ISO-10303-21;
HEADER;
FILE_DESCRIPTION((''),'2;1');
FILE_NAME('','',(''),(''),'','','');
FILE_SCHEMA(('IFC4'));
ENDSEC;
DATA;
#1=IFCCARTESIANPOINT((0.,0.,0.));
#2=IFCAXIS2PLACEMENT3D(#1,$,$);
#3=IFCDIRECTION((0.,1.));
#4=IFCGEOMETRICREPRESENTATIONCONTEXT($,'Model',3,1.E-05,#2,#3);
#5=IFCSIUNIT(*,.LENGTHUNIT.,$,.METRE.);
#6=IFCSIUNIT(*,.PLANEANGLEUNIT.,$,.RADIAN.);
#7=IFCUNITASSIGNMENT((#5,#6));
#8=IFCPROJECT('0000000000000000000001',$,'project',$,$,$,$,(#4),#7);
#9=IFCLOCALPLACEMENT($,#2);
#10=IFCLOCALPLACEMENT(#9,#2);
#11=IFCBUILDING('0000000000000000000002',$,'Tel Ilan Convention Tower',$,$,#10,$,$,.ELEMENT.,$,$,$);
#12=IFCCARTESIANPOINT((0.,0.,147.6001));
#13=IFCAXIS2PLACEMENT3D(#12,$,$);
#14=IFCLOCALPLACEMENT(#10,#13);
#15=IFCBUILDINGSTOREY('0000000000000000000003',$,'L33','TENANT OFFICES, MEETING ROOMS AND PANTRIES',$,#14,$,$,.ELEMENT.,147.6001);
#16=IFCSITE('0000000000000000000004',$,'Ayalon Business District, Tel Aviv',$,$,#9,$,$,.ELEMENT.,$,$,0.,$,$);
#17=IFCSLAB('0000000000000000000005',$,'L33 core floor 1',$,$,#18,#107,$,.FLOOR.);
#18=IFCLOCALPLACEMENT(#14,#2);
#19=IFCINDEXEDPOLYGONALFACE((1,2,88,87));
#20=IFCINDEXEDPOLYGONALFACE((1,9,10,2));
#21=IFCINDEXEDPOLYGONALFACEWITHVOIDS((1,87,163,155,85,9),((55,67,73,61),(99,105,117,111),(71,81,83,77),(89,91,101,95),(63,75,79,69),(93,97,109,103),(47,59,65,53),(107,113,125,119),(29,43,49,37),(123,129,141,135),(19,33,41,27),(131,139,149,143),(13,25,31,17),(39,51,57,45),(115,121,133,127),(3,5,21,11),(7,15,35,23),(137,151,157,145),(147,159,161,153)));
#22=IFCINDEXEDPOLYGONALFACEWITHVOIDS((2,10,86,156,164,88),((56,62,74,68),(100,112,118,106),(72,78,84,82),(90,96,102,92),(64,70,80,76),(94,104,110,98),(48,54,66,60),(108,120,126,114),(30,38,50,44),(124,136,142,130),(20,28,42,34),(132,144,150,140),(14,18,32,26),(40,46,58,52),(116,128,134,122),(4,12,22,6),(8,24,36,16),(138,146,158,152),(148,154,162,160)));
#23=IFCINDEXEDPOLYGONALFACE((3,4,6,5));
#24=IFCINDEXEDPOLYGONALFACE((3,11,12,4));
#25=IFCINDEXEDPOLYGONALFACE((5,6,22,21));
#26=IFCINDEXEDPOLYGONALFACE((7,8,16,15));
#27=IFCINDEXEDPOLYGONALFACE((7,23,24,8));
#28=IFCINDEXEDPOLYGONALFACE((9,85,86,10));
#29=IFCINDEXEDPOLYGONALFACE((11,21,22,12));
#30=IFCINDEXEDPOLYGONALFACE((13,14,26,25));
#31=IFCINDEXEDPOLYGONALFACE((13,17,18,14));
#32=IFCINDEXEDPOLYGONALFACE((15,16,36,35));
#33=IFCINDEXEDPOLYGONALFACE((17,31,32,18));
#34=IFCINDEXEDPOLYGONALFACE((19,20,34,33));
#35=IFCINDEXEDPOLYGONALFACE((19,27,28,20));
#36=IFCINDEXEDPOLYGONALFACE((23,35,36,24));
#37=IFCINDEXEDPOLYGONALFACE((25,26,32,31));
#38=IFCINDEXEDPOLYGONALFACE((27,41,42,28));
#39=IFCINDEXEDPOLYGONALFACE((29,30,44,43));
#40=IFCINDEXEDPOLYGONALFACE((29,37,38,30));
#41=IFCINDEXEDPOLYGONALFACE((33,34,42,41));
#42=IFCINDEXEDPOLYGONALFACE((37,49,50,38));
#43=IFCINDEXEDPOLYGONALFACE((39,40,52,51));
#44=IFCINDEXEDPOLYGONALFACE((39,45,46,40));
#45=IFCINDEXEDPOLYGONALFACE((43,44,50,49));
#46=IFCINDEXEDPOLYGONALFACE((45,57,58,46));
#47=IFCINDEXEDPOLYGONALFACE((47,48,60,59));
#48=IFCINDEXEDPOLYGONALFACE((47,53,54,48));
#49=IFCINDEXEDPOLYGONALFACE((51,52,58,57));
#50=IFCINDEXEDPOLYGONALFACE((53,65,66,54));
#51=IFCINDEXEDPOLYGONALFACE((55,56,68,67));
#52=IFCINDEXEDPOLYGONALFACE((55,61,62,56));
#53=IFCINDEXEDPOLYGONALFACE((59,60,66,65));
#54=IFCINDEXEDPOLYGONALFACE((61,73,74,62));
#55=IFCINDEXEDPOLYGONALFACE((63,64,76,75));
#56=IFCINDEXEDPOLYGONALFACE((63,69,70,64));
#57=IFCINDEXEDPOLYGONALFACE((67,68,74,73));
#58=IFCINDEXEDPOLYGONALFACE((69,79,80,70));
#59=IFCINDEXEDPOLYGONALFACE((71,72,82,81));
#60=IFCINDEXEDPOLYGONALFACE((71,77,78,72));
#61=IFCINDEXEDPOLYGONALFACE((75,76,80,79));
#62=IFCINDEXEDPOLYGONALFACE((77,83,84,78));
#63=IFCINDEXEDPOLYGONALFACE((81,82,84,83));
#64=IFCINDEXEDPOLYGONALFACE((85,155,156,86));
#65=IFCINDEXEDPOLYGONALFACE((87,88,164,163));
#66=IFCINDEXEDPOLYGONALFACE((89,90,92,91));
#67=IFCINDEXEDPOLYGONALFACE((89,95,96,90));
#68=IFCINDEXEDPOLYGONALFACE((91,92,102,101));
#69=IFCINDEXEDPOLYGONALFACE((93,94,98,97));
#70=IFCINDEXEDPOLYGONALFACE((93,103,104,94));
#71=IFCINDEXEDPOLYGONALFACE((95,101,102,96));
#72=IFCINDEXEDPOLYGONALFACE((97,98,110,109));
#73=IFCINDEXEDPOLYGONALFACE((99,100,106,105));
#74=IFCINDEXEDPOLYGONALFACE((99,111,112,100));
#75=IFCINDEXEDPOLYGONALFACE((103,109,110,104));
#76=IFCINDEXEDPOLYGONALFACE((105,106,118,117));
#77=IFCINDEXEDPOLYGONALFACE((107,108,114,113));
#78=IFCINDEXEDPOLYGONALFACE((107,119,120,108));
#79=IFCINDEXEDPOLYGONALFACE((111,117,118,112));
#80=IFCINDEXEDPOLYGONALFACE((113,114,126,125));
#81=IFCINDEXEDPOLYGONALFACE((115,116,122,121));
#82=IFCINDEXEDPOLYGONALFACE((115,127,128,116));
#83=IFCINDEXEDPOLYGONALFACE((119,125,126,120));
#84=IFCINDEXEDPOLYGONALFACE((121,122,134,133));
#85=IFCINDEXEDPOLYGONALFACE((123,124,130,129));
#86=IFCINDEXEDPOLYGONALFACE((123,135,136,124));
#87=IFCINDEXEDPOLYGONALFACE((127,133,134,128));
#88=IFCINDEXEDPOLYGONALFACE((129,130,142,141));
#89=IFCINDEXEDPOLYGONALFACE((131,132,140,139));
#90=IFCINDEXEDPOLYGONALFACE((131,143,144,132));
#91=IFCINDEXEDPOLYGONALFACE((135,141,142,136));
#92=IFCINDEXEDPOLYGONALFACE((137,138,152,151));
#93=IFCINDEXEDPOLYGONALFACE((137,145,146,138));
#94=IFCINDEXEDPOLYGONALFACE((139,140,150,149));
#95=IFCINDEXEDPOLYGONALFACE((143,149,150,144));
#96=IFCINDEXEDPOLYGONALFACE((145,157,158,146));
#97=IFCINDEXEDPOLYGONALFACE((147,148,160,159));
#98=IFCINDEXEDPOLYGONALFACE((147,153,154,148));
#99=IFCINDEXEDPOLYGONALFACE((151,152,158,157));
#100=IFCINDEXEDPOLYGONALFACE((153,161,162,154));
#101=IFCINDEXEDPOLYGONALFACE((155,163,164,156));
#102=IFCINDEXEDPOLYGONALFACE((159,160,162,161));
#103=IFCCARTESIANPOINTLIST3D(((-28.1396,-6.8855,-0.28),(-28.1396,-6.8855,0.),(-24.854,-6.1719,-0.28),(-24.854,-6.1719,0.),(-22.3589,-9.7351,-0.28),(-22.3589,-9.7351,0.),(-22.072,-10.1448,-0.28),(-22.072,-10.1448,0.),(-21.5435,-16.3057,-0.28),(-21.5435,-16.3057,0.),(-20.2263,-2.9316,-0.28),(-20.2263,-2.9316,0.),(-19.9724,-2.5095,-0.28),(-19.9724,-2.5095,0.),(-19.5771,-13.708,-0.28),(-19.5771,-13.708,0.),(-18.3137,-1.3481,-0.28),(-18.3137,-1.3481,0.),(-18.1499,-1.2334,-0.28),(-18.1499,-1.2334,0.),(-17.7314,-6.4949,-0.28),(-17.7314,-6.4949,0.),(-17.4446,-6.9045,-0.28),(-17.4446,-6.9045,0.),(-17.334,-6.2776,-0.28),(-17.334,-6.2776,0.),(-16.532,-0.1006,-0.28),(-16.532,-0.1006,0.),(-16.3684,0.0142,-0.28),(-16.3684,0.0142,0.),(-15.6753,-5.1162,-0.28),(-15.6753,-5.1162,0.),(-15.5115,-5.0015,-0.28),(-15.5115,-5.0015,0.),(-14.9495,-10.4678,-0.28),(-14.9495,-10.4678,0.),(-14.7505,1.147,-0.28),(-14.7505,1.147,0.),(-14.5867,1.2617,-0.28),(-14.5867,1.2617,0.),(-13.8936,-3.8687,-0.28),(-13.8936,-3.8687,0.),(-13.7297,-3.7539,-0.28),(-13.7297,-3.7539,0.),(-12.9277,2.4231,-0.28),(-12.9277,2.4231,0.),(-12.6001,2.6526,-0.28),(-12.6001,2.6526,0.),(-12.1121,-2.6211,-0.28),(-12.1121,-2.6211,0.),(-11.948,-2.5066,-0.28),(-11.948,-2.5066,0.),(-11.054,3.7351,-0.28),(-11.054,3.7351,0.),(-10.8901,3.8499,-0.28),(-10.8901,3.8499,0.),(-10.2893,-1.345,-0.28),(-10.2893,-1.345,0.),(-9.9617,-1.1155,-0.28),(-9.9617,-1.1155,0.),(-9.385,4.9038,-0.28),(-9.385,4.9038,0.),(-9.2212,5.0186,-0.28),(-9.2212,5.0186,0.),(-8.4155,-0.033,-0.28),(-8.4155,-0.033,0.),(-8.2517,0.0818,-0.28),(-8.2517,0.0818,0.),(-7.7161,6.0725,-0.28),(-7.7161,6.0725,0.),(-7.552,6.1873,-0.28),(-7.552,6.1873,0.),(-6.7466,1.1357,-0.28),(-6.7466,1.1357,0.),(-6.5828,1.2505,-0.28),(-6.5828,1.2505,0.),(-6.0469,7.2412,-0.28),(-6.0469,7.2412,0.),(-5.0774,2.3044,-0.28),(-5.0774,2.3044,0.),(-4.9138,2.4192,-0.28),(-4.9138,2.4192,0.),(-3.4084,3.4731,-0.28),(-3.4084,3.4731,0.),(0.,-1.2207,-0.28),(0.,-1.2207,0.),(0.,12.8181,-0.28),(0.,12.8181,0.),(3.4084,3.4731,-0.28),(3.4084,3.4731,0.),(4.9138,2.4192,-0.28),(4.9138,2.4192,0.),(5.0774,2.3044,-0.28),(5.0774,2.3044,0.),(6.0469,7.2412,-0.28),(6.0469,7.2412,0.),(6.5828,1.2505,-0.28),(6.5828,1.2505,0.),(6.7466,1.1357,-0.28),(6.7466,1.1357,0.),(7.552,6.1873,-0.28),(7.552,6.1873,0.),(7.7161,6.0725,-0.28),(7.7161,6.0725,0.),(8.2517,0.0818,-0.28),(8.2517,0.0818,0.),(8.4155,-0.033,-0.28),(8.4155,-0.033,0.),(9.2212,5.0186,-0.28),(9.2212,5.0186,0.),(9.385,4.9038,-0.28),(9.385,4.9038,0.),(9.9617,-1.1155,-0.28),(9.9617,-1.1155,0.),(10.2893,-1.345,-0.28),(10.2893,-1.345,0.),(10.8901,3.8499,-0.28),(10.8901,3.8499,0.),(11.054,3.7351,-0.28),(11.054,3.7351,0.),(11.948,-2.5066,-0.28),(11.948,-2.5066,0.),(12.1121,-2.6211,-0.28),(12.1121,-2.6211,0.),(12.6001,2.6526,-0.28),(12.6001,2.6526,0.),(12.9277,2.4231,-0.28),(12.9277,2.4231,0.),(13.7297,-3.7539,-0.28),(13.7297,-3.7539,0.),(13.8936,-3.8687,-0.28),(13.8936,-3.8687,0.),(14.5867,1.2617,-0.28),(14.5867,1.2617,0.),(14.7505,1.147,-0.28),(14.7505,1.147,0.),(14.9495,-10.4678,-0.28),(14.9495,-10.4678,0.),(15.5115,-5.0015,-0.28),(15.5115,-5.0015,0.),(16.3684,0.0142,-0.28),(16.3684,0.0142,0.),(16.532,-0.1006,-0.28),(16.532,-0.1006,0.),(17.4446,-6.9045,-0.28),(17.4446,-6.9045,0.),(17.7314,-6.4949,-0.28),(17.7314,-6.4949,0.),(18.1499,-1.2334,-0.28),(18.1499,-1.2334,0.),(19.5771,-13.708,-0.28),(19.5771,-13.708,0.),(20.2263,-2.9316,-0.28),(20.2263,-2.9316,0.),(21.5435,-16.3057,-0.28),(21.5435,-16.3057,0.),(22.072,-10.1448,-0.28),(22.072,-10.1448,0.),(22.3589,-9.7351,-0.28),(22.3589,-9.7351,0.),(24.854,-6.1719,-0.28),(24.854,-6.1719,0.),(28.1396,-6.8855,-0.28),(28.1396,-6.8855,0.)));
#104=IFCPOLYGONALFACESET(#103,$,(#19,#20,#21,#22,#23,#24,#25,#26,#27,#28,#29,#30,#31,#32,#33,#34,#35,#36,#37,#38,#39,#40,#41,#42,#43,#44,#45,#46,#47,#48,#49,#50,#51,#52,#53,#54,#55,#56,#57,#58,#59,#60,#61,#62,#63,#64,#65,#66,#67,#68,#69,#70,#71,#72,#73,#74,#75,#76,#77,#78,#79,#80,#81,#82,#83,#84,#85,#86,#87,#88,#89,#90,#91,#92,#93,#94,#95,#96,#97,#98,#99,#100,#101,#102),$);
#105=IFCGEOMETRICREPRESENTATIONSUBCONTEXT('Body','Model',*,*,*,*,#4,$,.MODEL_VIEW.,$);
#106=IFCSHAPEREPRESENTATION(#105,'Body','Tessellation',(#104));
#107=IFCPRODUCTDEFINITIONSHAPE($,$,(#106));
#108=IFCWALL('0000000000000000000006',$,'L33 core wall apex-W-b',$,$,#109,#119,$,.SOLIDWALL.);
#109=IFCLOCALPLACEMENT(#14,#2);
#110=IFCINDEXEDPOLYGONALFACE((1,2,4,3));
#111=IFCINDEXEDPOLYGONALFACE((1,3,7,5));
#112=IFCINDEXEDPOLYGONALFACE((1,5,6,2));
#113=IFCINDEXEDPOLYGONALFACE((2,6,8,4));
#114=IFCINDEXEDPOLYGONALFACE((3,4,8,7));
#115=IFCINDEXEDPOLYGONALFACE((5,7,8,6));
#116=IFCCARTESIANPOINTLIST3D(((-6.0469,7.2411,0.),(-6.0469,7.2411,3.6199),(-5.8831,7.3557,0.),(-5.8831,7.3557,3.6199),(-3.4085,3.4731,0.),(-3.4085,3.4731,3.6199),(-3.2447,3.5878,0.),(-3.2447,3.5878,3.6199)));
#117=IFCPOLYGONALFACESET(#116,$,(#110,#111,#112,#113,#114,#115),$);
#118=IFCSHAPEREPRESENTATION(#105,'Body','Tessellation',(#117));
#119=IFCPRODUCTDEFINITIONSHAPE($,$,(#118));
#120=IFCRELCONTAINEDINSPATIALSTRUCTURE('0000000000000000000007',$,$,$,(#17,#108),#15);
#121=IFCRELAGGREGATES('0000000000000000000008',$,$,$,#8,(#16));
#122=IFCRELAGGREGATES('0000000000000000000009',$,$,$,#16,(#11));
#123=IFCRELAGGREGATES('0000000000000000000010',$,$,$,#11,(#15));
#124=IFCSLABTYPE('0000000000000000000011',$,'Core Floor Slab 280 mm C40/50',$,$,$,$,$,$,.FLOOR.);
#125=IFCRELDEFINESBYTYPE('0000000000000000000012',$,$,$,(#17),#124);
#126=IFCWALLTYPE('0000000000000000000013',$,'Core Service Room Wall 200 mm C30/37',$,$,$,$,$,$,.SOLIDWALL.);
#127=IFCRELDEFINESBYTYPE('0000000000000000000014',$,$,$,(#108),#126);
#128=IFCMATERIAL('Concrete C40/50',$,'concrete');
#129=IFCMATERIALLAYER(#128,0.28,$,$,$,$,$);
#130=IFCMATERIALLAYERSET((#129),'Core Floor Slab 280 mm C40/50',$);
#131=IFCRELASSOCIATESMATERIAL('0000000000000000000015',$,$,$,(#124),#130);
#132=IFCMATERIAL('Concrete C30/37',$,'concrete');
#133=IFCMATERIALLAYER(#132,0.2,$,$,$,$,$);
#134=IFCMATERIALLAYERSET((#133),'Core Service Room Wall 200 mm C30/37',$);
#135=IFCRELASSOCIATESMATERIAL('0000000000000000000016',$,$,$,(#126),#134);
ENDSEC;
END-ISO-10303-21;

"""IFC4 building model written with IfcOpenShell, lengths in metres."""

from ifc_helpers import new_model, si_unit, direction, frame, frame_2d, origin, place, context, subcontext, project, spatial, polyline, rectangle, outline, extrude, material, layer, layer_set, type_object, element, save


model = new_model("IFC4")

# Units and contexts
model_context = context("Model", 3, precision=1e-05, world=origin(), true_north=direction((0.0, 1.0)))
body_context = subcontext(model_context, "Body", "Model", "MODEL_VIEW")
ifc_project = project(units=[si_unit("LENGTHUNIT", "METRE"), si_unit("PLANEANGLEUNIT", "RADIAN")], contexts=[model_context])

# Site, building, storey
site_placement = place(None, origin())
site = spatial("IfcSite", under=ifc_project, at=site_placement, Name="Ayalon Business District, Tel Aviv", CompositionType="ELEMENT", RefElevation=0.0)
building_placement = place(site_placement, origin())
building = spatial("IfcBuilding", under=site, at=building_placement, Name="Tel Ilan Convention Tower", CompositionType="ELEMENT")
storey_placement = place(building_placement, frame((0.0, 0.0, 147.6001)))
storey = spatial("IfcBuildingStorey", under=building, at=storey_placement, Name="L33", Description="TENANT OFFICES, MEETING ROOMS AND PANTRIES", CompositionType="ELEMENT", Elevation=147.6001)

# Slab
ifc_material_1 = material(Name="Concrete C40/50", Category="concrete")
ifc_layer_1 = layer(ifc_material_1, 0.28)
ifc_layer_set_1 = layer_set([ifc_layer_1], Name="Core Floor Slab 280 mm C40/50")
slab_type_1 = type_object("IfcSlabType", Name="Core Floor Slab 280 mm C40/50", PredefinedType="FLOOR", material=ifc_layer_set_1)
slab_1_placement = place(storey_placement, frame((0.0, 0.0, -0.28)))
element("IfcSlab", 1, at=slab_1_placement, inside=storey, type_object=slab_type_1, Name="L33 core floor 1", PredefinedType="FLOOR", context=body_context, shape_type="SweptSolid", body=[
    extrude(outline(polyline([(-28.1396, -6.8855), (0.0, 12.8181), (28.1396, -6.8855), (21.5435, -16.3057), (0.0, -1.2207), (-21.5435, -16.3057), (-28.1396, -6.8855)]), holes=[polyline([(-14.9495, -10.4678), (-17.4446, -6.9045), (-22.072, -10.1448), (-19.5771, -13.708), (-14.9495, -10.4678)]), polyline([(-17.7314, -6.4949), (-20.2263, -2.9316), (-24.854, -6.1719), (-22.3589, -9.7351), (-17.7314, -6.4949)]), polyline([(-18.3137, -1.3481), (-19.9724, -2.5095), (-17.334, -6.2776), (-15.6753, -5.1162), (-18.3137, -1.3481)]), polyline([(-16.532, -0.1006), (-18.1499, -1.2334), (-15.5115, -5.0015), (-13.8936, -3.8687), (-16.532, -0.1006)]), polyline([(-14.7505, 1.147), (-16.3684, 0.0142), (-13.7297, -3.7539), (-12.1121, -2.6211), (-14.7505, 1.147)]), polyline([(-12.9277, 2.4231), (-14.5867, 1.2617), (-11.948, -2.5066), (-10.2893, -1.345), (-12.9277, 2.4231)]), polyline([(-11.054, 3.7351), (-12.6001, 2.6526), (-9.9617, -1.1155), (-8.4155, -0.033), (-11.054, 3.7351)]), polyline([(-6.7466, 1.1357), (-9.385, 4.9038), (-10.8901, 3.8499), (-8.2517, 0.0818), (-6.7466, 1.1357)]), polyline([(-5.0774, 2.3044), (-7.7161, 6.0725), (-9.2212, 5.0186), (-6.5828, 1.2505), (-5.0774, 2.3044)]), polyline([(-6.0469, 7.2412), (-7.552, 6.1873), (-4.9138, 2.4192), (-3.4084, 3.4731), (-6.0469, 7.2412)]), polyline([(17.4446, -6.9045), (14.9495, -10.4678), (19.5771, -13.708), (22.072, -10.1448), (17.4446, -6.9045)]), polyline([(20.2263, -2.9316), (17.7314, -6.4949), (22.3589, -9.7351), (24.854, -6.1719), (20.2263, -2.9316)]), polyline([(13.8936, -3.8687), (15.5115, -5.0015), (18.1499, -1.2334), (16.532, -0.1006), (13.8936, -3.8687)]), polyline([(12.1121, -2.6211), (13.7297, -3.7539), (16.3684, 0.0142), (14.7505, 1.147), (12.1121, -2.6211)]), polyline([(11.948, -2.5066), (14.5867, 1.2617), (12.9277, 2.4231), (10.2893, -1.345), (11.948, -2.5066)]), polyline([(9.9617, -1.1155), (12.6001, 2.6526), (11.054, 3.7351), (8.4155, -0.033), (9.9617, -1.1155)]), polyline([(8.2517, 0.0818), (10.8901, 3.8499), (9.385, 4.9038), (6.7466, 1.1357), (8.2517, 0.0818)]), polyline([(5.0774, 2.3044), (6.5828, 1.2505), (9.2212, 5.0186), (7.7161, 6.0725), (5.0774, 2.3044)]), polyline([(3.4084, 3.4731), (4.9138, 2.4192), (7.552, 6.1873), (6.0469, 7.2412), (3.4084, 3.4731)])]), origin(), (0.0, 0.0, 1.0), 0.28),
])

# Wall
ifc_material_2 = material(Name="Concrete C30/37", Category="concrete")
ifc_layer_2 = layer(ifc_material_2, 0.2)
ifc_layer_set_2 = layer_set([ifc_layer_2], Name="Core Service Room Wall 200 mm C30/37")
wall_type_1 = type_object("IfcWallType", Name="Core Service Room Wall 200 mm C30/37", PredefinedType="SOLIDWALL", material=ifc_layer_set_2)
wall_1_placement = place(storey_placement, frame((-3.3267, 3.5305, 0.0), z_axis=(0.0, 0.0, 1.0), x_axis=(-0.573576, 0.819152, 0.0)))
element("IfcWall", 2, at=wall_1_placement, inside=storey, type_object=wall_type_1, Name="L33 core wall apex-W-b", PredefinedType="SOLIDWALL", context=body_context, shape_type="SweptSolid", body=[
    extrude(rectangle(XDim=4.5999, YDim=0.2, at=frame_2d((2.2998, 0.0))), origin(), (0.0, 0.0, 1.0), 3.6199),
])

save(model, "model.ifc")
